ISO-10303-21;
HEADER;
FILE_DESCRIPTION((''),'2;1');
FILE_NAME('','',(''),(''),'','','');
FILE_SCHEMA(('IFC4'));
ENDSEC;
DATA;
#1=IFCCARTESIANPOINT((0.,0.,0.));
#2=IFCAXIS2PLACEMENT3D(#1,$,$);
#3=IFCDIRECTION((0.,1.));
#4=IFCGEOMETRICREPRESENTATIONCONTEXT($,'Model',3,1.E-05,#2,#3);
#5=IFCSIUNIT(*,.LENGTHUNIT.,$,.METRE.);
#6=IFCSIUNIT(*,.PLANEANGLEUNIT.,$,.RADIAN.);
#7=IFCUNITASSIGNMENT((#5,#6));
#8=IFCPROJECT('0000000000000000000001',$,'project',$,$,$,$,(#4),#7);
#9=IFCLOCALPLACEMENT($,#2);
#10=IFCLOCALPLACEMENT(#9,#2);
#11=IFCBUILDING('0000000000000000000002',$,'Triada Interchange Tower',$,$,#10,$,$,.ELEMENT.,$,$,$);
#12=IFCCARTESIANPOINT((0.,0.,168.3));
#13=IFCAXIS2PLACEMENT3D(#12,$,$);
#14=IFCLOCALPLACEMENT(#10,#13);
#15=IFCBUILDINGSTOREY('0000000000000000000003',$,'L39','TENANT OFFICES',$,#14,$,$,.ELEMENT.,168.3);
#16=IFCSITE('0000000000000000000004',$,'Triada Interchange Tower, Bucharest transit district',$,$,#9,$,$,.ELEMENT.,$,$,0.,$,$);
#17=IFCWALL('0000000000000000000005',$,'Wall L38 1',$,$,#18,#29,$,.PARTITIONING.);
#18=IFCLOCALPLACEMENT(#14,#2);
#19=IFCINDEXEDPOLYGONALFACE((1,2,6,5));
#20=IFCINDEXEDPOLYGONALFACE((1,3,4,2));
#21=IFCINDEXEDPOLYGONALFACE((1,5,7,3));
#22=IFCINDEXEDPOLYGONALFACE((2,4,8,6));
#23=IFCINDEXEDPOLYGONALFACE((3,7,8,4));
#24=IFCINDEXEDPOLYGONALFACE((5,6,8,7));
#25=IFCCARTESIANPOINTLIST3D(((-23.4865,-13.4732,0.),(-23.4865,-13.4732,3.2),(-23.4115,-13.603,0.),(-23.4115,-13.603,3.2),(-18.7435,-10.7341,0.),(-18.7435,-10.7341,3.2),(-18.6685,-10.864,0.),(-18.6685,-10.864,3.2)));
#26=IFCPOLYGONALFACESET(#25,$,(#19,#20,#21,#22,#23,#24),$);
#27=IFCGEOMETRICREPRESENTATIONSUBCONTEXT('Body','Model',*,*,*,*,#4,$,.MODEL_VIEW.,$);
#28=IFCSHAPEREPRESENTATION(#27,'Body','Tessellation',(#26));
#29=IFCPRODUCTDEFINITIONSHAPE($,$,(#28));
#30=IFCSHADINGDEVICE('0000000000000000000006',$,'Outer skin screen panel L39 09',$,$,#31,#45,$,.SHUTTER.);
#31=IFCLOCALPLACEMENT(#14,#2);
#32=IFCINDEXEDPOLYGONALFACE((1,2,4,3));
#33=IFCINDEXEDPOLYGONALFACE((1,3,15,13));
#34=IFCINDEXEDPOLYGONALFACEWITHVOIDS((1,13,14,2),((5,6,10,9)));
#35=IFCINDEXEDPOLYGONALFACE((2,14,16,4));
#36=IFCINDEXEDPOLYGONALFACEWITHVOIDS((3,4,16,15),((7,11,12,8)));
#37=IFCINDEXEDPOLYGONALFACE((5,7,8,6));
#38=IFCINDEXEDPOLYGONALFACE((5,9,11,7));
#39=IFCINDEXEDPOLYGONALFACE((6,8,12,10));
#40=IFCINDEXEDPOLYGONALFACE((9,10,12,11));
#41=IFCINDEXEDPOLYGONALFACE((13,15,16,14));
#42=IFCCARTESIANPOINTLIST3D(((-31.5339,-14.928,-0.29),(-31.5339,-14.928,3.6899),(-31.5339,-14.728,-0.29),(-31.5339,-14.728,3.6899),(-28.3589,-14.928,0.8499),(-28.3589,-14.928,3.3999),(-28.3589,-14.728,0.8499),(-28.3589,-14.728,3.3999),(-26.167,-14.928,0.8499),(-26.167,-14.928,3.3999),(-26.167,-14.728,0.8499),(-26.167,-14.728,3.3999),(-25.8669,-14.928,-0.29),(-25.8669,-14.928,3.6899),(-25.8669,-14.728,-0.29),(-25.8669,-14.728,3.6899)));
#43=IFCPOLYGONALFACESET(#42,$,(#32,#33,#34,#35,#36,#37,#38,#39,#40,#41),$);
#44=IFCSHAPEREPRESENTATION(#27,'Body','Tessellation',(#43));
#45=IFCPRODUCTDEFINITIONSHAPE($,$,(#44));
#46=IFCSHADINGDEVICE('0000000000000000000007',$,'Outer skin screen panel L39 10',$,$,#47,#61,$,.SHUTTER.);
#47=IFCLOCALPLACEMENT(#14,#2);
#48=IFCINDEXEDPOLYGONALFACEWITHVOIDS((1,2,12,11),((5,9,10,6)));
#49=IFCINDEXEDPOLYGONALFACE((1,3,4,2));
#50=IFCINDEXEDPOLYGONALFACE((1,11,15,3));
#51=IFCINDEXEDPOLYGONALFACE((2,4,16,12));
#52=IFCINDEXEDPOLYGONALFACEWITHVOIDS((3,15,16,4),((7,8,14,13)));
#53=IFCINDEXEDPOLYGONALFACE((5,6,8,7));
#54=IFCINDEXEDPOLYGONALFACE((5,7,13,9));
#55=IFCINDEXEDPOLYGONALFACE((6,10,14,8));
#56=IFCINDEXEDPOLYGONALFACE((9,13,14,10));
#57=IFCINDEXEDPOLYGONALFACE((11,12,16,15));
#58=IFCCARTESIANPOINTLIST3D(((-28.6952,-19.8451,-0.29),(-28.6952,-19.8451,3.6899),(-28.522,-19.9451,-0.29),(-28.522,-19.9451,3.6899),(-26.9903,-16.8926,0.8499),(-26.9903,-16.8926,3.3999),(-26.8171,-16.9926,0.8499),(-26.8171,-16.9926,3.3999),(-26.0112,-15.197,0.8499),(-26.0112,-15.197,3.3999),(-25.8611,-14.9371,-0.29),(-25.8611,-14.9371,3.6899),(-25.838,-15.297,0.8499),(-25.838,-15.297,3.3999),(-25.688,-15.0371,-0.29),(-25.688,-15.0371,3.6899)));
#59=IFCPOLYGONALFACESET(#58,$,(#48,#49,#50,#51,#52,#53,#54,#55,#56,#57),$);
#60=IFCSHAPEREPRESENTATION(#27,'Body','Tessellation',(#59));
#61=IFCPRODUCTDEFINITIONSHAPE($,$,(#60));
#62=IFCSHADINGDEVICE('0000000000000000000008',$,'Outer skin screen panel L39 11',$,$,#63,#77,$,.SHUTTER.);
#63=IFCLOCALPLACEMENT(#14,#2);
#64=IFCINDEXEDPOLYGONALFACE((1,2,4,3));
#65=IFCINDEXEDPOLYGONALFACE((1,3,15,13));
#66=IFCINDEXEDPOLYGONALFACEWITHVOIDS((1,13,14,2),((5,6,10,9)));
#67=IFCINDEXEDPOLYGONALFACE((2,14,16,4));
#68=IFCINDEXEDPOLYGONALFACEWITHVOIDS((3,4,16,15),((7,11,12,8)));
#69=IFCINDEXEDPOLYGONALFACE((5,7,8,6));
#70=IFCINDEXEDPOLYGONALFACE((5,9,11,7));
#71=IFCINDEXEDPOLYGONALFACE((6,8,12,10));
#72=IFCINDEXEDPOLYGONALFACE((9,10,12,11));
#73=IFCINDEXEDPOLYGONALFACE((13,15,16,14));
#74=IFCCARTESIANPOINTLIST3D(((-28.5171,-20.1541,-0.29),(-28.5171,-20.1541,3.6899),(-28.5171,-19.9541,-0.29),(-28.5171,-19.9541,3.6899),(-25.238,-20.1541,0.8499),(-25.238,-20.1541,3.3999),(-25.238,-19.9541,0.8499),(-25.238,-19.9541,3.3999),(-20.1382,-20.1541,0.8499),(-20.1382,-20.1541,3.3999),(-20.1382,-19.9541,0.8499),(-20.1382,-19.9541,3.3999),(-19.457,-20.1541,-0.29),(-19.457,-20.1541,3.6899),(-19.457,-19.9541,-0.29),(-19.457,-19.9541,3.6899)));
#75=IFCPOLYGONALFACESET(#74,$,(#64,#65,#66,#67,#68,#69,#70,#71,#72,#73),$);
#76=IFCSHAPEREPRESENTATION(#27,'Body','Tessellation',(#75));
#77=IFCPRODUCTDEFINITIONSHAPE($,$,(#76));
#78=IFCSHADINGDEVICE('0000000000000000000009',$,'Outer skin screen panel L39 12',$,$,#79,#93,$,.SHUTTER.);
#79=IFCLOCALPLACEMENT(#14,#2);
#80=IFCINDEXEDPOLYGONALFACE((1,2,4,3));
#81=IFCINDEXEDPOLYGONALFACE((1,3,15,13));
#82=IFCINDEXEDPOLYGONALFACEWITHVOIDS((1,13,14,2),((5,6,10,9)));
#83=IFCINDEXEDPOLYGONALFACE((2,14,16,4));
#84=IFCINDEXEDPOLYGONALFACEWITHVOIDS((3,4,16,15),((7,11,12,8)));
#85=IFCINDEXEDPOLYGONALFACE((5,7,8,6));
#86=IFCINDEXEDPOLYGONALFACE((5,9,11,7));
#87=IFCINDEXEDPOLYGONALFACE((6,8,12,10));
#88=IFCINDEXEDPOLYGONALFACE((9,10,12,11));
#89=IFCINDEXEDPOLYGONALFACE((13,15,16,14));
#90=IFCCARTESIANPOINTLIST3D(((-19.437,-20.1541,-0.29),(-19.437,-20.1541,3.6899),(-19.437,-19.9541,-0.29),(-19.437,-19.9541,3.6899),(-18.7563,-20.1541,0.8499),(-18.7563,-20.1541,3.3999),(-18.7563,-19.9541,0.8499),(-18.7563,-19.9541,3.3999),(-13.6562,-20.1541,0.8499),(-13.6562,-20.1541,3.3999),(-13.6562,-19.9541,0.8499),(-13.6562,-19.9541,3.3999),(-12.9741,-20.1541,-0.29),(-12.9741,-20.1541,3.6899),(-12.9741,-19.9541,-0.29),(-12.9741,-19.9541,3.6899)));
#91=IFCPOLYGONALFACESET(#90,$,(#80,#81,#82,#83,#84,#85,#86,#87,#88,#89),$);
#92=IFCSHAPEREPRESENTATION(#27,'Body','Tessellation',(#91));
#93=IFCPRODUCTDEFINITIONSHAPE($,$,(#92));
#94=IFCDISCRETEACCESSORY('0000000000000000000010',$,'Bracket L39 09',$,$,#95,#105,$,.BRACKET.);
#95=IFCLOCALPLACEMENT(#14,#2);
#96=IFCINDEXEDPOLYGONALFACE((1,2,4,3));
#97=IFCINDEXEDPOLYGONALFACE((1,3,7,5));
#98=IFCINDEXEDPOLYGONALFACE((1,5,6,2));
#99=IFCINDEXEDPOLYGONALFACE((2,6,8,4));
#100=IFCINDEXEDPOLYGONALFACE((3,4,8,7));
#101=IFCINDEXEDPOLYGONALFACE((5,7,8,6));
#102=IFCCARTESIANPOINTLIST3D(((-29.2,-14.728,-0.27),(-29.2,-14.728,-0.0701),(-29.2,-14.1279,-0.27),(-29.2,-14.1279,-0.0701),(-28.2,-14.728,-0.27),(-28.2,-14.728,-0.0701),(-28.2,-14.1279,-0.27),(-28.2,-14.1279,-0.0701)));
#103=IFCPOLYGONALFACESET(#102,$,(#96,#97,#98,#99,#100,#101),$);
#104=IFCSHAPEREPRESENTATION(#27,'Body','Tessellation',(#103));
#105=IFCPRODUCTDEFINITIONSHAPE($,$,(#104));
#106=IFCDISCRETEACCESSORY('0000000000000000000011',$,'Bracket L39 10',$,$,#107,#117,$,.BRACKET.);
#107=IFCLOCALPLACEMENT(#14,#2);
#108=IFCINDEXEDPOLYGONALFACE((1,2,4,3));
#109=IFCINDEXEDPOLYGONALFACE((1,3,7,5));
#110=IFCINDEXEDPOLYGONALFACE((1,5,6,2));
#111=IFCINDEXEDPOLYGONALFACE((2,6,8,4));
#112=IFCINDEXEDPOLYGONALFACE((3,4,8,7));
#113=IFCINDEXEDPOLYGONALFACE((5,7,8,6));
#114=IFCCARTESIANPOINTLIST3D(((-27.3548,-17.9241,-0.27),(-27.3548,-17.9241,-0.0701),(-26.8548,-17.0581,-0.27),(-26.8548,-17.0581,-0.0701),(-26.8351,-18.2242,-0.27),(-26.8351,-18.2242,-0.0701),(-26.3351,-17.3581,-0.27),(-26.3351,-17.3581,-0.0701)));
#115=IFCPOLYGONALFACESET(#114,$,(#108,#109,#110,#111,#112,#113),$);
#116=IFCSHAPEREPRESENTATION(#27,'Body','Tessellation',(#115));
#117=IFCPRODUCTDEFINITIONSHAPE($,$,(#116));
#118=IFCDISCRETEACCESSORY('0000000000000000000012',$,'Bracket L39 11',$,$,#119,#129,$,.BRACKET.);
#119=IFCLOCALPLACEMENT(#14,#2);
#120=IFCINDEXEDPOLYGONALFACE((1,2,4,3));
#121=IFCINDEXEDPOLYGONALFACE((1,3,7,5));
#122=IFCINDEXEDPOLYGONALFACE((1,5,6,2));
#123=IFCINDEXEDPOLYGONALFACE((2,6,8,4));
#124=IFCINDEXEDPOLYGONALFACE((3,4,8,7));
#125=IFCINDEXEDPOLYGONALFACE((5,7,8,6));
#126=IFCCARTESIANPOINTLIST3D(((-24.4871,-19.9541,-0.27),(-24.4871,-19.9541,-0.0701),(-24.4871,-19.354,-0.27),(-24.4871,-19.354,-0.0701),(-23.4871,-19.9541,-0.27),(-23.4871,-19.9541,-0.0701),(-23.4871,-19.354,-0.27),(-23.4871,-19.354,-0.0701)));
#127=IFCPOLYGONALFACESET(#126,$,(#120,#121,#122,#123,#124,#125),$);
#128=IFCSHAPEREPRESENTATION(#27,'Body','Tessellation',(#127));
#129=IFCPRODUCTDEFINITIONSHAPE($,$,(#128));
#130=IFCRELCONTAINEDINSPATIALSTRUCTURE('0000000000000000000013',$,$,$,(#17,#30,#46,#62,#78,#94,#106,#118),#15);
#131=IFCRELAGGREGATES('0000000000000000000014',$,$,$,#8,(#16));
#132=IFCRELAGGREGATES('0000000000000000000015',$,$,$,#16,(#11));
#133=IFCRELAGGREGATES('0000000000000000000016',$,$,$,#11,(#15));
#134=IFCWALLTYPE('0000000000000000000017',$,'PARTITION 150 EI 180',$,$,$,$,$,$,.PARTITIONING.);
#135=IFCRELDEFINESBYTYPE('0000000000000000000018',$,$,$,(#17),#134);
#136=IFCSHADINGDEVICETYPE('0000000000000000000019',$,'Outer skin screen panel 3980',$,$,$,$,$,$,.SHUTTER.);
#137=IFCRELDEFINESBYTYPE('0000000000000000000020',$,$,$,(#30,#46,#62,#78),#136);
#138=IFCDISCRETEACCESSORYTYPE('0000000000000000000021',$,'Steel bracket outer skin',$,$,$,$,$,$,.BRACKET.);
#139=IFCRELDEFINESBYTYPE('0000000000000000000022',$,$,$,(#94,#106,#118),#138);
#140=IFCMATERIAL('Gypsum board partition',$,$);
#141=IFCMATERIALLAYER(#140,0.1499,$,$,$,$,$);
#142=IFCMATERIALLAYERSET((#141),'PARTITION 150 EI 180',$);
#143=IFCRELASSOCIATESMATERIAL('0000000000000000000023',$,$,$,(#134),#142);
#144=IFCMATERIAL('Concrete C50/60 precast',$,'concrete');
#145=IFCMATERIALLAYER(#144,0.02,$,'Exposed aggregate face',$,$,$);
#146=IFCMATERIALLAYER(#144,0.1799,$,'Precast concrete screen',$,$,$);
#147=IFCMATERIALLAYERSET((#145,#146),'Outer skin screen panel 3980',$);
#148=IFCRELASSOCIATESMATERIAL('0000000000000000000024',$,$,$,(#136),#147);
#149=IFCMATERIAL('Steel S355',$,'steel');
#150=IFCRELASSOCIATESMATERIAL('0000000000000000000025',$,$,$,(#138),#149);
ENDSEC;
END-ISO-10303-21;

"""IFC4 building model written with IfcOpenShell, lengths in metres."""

from ifc_helpers import new_model, si_unit, direction, frame, frame_2d, origin, origin_2d, place, context, subcontext, project, spatial, polyline, rectangle, outline, extrude, material, layer, layer_set, type_object, element, save


model = new_model("IFC4")

# Units and contexts
model_context = context("Model", 3, precision=1e-05, world=origin(), true_north=direction((0.0, 1.0)))
body_context = subcontext(model_context, "Body", "Model", "MODEL_VIEW")
ifc_project = project(units=[si_unit("LENGTHUNIT", "METRE"), si_unit("PLANEANGLEUNIT", "RADIAN")], contexts=[model_context])

# Site, building, storey
site_placement = place(None, origin())
site = spatial("IfcSite", under=ifc_project, at=site_placement, Name="Triada Interchange Tower, Bucharest transit district", CompositionType="ELEMENT", RefElevation=0.0)
building_placement = place(site_placement, origin())
building = spatial("IfcBuilding", under=site, at=building_placement, Name="Triada Interchange Tower", CompositionType="ELEMENT")
storey_placement = place(building_placement, frame((0.0, 0.0, 168.3)))
storey = spatial("IfcBuildingStorey", under=building, at=storey_placement, Name="L39", Description="TENANT OFFICES", CompositionType="ELEMENT", Elevation=168.3)

# Wall
ifc_material_1 = material(Name="Gypsum board partition")
ifc_layer_1 = layer(ifc_material_1, 0.1499)
ifc_layer_set_1 = layer_set([ifc_layer_1], Name="PARTITION 150 EI 180")
wall_type_1 = type_object("IfcWallType", Name="PARTITION 150 EI 180", PredefinedType="PARTITIONING", material=ifc_layer_set_1)
wall_1_placement = place(storey_placement, frame((-23.449, -13.5381, 0.0), z_axis=(0.0, 0.0, 1.0), x_axis=(0.865971, 0.500094, 0.0)))
element("IfcWall", 1, at=wall_1_placement, inside=storey, type_object=wall_type_1, Name="Wall L38 1", PredefinedType="PARTITIONING", context=body_context, shape_type="SweptSolid", body=[
    extrude(rectangle(XDim=5.4771, YDim=0.1499, at=frame_2d((2.7385, 0.0))), origin(), (0.0, 0.0, 1.0), 3.2),
])

# Shading devices
ifc_material_2 = material(Name="Concrete C50/60 precast", Category="concrete")
ifc_layer_2 = layer(ifc_material_2, 0.02, Name="Exposed aggregate face")
ifc_layer_3 = layer(ifc_material_2, 0.1799, Name="Precast concrete screen")
ifc_layer_set_2 = layer_set([ifc_layer_2, ifc_layer_3], Name="Outer skin screen panel 3980")
shading_device_type = type_object("IfcShadingDeviceType", Name="Outer skin screen panel 3980", PredefinedType="SHUTTER", material=ifc_layer_set_2)
shading_device_1_placement = place(storey_placement, frame((-31.5339, -14.728, -0.29), z_axis=(0.0, 0.0, 1.0), x_axis=(1.0, 0.0, 0.0)))
element("IfcShadingDevice", 2, at=shading_device_1_placement, inside=storey, type_object=shading_device_type, Name="Outer skin screen panel L39 09", PredefinedType="SHUTTER", context=body_context, shape_type="SweptSolid", body=[
    extrude(outline(polyline([(0.0, 0.0), (5.667, 0.0), (5.667, 3.98), (0.0, 3.98), (0.0, 0.0)]), holes=[polyline([(3.175, 1.1399), (3.175, 3.6899), (5.3669, 3.6899), (5.3669, 1.1399), (3.175, 1.1399)])]), frame((0.0, 0.0, 0.0), z_axis=(0.0, -1.0, 0.0), x_axis=(1.0, 0.0, 0.0)), (0.0, 0.0, 1.0), 0.2),
])
shading_device_2_placement = place(storey_placement, frame((-25.688, -15.0371, -0.29), z_axis=(0.0, 0.0, 1.0), x_axis=(-0.500049, -0.865997, 0.0)))
element("IfcShadingDevice", 3, at=shading_device_2_placement, inside=storey, type_object=shading_device_type, Name="Outer skin screen panel L39 10", PredefinedType="SHUTTER", context=body_context, shape_type="SweptSolid", body=[
    extrude(outline(polyline([(0.0, 0.0), (5.6675, 0.0), (5.6675, 3.98), (0.0, 3.98), (0.0, 0.0)]), holes=[polyline([(0.3, 1.1399), (0.3, 3.6899), (2.2581, 3.6899), (2.2581, 1.1399), (0.3, 1.1399)])]), frame((0.0, 0.0, 0.0), z_axis=(0.0, -1.0, 0.0), x_axis=(1.0, 0.0, 0.0)), (0.0, 0.0, 1.0), 0.2),
])
shading_device_3_placement = place(storey_placement, frame((-28.5171, -19.9541, -0.29), z_axis=(0.0, 0.0, 1.0), x_axis=(1.0, 0.0, 0.0)))
element("IfcShadingDevice", 4, at=shading_device_3_placement, inside=storey, type_object=shading_device_type, Name="Outer skin screen panel L39 11", PredefinedType="SHUTTER", context=body_context, shape_type="SweptSolid", body=[
    extrude(outline(polyline([(0.0, 0.0), (9.0601, 0.0), (9.0601, 3.98), (0.0, 3.98), (0.0, 0.0)]), holes=[polyline([(3.2791, 1.1399), (3.2791, 3.6899), (8.3789, 3.6899), (8.3789, 1.1399), (3.2791, 1.1399)])]), frame((0.0, 0.0, 0.0), z_axis=(0.0, -1.0, 0.0), x_axis=(1.0, 0.0, 0.0)), (0.0, 0.0, 1.0), 0.2),
])
shading_device_4_placement = place(storey_placement, frame((-19.437, -19.9541, -0.29), z_axis=(0.0, 0.0, 1.0), x_axis=(1.0, 0.0, 0.0)))
element("IfcShadingDevice", 5, at=shading_device_4_placement, inside=storey, type_object=shading_device_type, Name="Outer skin screen panel L39 12", PredefinedType="SHUTTER", context=body_context, shape_type="SweptSolid", body=[
    extrude(outline(polyline([(0.0, 0.0), (6.4629, 0.0), (6.4629, 3.98), (0.0, 3.98), (0.0, 0.0)]), holes=[polyline([(0.6807, 1.1399), (0.6807, 3.6899), (5.7808, 3.6899), (5.7808, 1.1399), (0.6807, 1.1399)])]), frame((0.0, 0.0, 0.0), z_axis=(0.0, -1.0, 0.0), x_axis=(1.0, 0.0, 0.0)), (0.0, 0.0, 1.0), 0.2),
])

# Discrete accessories
ifc_material_3 = material(Name="Steel S355", Category="steel")
discrete_accessory_type = type_object("IfcDiscreteAccessoryType", Name="Steel bracket outer skin", PredefinedType="BRACKET", material=ifc_material_3)
for number, where, z_axis, x_axis, name in (
    (6, (-28.7, -14.428, -0.27), (0.0, 0.0, 1.0), (0.0, -1.0, 0.0), "Bracket L39 09"),
    (7, (-26.845, -17.6411, -0.27), (0.0, 0.0, 1.0), (-0.866042, 0.499971, 0.0), "Bracket L39 10"),
    (8, (-23.9871, -19.6541, -0.27), (0.0, 0.0, 1.0), (0.0, -1.0, 0.0), "Bracket L39 11"),
):
    element("IfcDiscreteAccessory", number, at=place(storey_placement, frame(where, z_axis=z_axis, x_axis=x_axis)), inside=storey, type_object=discrete_accessory_type, Name=name, PredefinedType="BRACKET", context=body_context, shape_type="SweptSolid", body=[
        extrude(rectangle(XDim=0.6001, YDim=1.0, at=origin_2d()), origin(), (0.0, 0.0, 1.0), 0.2),
    ])

save(model, "model.ifc")
